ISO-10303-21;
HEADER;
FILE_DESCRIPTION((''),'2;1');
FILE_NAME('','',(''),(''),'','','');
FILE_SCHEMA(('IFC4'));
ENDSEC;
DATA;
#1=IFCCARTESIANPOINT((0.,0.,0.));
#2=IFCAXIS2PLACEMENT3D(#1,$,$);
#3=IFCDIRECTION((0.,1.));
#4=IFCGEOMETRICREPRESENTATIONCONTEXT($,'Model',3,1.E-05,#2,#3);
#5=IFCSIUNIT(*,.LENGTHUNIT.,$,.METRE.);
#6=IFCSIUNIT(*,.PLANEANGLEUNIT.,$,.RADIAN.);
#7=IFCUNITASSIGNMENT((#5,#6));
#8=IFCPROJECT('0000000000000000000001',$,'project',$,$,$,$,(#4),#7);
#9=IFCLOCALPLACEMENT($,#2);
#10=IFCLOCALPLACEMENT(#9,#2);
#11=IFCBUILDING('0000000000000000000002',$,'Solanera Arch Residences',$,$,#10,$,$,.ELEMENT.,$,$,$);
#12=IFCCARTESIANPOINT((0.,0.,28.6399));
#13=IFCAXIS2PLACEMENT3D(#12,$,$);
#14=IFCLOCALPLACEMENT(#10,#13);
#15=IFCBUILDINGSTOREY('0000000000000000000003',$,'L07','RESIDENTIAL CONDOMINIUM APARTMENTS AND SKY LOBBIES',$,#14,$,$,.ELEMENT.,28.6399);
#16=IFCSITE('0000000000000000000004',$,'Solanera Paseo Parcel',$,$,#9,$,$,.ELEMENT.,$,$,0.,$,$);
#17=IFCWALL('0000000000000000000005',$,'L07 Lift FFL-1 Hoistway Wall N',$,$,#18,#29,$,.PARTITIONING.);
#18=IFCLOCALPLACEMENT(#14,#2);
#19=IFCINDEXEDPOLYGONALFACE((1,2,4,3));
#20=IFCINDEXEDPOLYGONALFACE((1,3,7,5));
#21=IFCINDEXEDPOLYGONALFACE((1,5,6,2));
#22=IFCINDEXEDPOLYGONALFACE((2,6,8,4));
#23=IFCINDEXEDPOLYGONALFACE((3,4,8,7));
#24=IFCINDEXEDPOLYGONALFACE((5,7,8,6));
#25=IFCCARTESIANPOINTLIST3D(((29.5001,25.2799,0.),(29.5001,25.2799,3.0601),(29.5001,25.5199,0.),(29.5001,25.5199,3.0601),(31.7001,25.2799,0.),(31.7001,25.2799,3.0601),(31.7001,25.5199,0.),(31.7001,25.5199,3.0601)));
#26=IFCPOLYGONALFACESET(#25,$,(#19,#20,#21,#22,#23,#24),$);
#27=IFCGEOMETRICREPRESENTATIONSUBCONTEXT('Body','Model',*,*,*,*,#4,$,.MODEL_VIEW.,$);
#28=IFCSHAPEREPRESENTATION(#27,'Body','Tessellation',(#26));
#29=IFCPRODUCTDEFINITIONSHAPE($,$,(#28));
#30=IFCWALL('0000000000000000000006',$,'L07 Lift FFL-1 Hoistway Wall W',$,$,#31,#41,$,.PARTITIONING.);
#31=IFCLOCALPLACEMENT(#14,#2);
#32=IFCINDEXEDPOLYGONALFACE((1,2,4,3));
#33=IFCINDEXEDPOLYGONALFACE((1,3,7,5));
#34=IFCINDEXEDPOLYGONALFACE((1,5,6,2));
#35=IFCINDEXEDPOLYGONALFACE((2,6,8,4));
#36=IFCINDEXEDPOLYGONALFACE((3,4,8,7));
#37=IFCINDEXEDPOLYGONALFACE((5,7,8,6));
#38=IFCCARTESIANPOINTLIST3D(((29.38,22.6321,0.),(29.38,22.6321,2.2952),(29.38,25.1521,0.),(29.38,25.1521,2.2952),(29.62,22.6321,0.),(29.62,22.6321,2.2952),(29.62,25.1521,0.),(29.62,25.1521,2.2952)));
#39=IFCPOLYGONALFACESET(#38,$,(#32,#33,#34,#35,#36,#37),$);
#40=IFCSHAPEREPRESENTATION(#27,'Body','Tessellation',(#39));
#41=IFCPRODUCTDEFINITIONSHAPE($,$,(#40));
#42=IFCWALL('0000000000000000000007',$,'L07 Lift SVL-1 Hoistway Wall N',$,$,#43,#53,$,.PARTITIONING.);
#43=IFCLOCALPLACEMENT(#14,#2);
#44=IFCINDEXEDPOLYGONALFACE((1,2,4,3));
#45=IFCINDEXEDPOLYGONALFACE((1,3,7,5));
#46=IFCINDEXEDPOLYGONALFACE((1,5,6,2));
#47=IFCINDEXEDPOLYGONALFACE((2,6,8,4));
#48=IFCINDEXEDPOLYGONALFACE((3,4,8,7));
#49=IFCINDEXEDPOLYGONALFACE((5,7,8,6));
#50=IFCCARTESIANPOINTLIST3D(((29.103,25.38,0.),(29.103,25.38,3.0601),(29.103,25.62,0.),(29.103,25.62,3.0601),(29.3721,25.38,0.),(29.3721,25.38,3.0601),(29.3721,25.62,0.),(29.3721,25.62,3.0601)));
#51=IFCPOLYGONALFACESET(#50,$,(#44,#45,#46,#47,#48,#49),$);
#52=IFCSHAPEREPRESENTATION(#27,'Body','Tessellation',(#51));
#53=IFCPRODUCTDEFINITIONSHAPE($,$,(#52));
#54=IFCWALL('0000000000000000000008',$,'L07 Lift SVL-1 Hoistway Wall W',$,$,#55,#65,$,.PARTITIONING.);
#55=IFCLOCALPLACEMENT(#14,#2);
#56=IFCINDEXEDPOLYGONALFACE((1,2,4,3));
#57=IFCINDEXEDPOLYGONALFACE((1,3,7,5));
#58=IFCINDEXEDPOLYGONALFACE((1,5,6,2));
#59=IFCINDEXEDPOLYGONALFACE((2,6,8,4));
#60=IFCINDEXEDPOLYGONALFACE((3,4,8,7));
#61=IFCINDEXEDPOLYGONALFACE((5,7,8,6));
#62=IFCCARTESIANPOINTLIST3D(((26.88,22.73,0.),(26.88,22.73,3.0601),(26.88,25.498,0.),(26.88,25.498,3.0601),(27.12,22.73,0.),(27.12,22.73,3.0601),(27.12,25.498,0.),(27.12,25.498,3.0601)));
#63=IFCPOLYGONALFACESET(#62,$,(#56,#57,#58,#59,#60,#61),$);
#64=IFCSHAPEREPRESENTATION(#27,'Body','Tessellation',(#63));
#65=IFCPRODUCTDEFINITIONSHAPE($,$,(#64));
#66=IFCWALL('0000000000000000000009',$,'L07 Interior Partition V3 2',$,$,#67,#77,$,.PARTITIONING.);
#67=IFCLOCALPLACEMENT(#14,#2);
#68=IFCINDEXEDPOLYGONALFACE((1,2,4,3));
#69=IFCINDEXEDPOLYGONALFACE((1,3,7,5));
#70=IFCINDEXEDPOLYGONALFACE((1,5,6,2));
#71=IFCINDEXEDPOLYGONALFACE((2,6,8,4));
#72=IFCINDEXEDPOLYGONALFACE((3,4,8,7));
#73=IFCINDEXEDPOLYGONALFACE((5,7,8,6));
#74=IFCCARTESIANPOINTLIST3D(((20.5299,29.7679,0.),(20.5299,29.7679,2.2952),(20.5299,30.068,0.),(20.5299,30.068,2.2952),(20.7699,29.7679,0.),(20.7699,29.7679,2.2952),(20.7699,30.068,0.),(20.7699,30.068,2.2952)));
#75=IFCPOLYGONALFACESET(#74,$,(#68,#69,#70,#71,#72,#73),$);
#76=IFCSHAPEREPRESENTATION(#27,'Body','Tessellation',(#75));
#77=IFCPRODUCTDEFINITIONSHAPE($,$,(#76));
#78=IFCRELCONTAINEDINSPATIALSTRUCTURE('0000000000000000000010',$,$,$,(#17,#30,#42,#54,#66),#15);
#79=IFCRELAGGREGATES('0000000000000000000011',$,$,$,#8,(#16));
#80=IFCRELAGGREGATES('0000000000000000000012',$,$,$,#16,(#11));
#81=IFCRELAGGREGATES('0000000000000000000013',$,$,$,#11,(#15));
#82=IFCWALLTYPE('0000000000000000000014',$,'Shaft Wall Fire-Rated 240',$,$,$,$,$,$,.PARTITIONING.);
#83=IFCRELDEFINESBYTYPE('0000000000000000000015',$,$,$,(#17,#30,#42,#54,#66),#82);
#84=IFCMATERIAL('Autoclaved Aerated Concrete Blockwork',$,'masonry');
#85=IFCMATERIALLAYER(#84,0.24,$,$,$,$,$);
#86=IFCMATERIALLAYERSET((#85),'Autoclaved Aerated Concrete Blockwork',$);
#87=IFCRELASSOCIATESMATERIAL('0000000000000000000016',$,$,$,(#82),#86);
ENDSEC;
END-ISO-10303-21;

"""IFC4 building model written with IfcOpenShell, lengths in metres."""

from ifc_helpers import new_model, si_unit, direction, frame, frame_2d, origin, place, context, subcontext, project, spatial, rectangle, extrude, material, layer, layer_set, type_object, element, save


model = new_model("IFC4")

# Units and contexts
model_context = context("Model", 3, precision=1e-05, world=origin(), true_north=direction((0.0, 1.0)))
body_context = subcontext(model_context, "Body", "Model", "MODEL_VIEW")
ifc_project = project(units=[si_unit("LENGTHUNIT", "METRE"), si_unit("PLANEANGLEUNIT", "RADIAN")], contexts=[model_context])

# Site, building, storey
site_placement = place(None, origin())
site = spatial("IfcSite", under=ifc_project, at=site_placement, Name="Solanera Paseo Parcel", CompositionType="ELEMENT", RefElevation=0.0)
building_placement = place(site_placement, origin())
building = spatial("IfcBuilding", under=site, at=building_placement, Name="Solanera Arch Residences", CompositionType="ELEMENT")
storey_placement = place(building_placement, frame((0.0, 0.0, 28.6399)))
storey = spatial("IfcBuildingStorey", under=building, at=storey_placement, Name="L07", Description="RESIDENTIAL CONDOMINIUM APARTMENTS AND SKY LOBBIES", CompositionType="ELEMENT", Elevation=28.6399)

# Walls
ifc_material_1 = material(Name="Autoclaved Aerated Concrete Blockwork", Category="masonry")
ifc_layer_1 = layer(ifc_material_1, 0.24)
ifc_layer_set_1 = layer_set([ifc_layer_1], Name="Autoclaved Aerated Concrete Blockwork")
wall_type_1 = type_object("IfcWallType", Name="Shaft Wall Fire-Rated 240", PredefinedType="PARTITIONING", material=ifc_layer_set_1)
wall_1_placement = place(storey_placement, frame((29.5, 25.3999, 0.0), z_axis=(0.0, 0.0, 1.0), x_axis=(1.0, 0.0, 0.0)))
element("IfcWall", 1, at=wall_1_placement, inside=storey, type_object=wall_type_1, Name="L07 Lift FFL-1 Hoistway Wall N", PredefinedType="PARTITIONING", context=body_context, shape_type="SweptSolid", body=[
    extrude(rectangle(XDim=2.2, YDim=0.24, at=frame_2d((1.1001, 0.0))), origin(), (0.0, 0.0, 1.0), 3.0601),
])
wall_2_placement = place(storey_placement, frame((29.5, 22.6321, 0.0), z_axis=(0.0, 0.0, 1.0), x_axis=(0.0, 1.0, 0.0)))
element("IfcWall", 2, at=wall_2_placement, inside=storey, type_object=wall_type_1, Name="L07 Lift FFL-1 Hoistway Wall W", PredefinedType="PARTITIONING", context=body_context, shape_type="SweptSolid", body=[
    extrude(rectangle(XDim=2.52, YDim=0.24, at=frame_2d((1.26, 0.0))), origin(), (0.0, 0.0, 1.0), 2.2952),
])
wall_3_placement = place(storey_placement, frame((29.103, 25.5, 0.0), z_axis=(0.0, 0.0, 1.0), x_axis=(1.0, 0.0, 0.0)))
element("IfcWall", 3, at=wall_3_placement, inside=storey, type_object=wall_type_1, Name="L07 Lift SVL-1 Hoistway Wall N", PredefinedType="PARTITIONING", context=body_context, shape_type="SweptSolid", body=[
    extrude(rectangle(XDim=0.269, YDim=0.24, at=frame_2d((0.1345, 0.0))), origin(), (0.0, 0.0, 1.0), 3.0601),
])
wall_4_placement = place(storey_placement, frame((27.0, 22.73, 0.0), z_axis=(0.0, 0.0, 1.0), x_axis=(0.0, 1.0, 0.0)))
element("IfcWall", 4, at=wall_4_placement, inside=storey, type_object=wall_type_1, Name="L07 Lift SVL-1 Hoistway Wall W", PredefinedType="PARTITIONING", context=body_context, shape_type="SweptSolid", body=[
    extrude(rectangle(XDim=2.7681, YDim=0.24, at=frame_2d((1.384, 0.0))), origin(), (0.0, 0.0, 1.0), 3.0601),
])
wall_5_placement = place(storey_placement, frame((20.6499, 29.7681, 0.0), z_axis=(0.0, 0.0, 1.0), x_axis=(0.0, 1.0, 0.0)))
element("IfcWall", 5, at=wall_5_placement, inside=storey, type_object=wall_type_1, Name="L07 Interior Partition V3 2", PredefinedType="PARTITIONING", context=body_context, shape_type="SweptSolid", body=[
    extrude(rectangle(XDim=0.3, YDim=0.24, at=frame_2d((0.1499, 0.0))), origin(), (0.0, 0.0, 1.0), 2.2952),
])

save(model, "model.ifc")
